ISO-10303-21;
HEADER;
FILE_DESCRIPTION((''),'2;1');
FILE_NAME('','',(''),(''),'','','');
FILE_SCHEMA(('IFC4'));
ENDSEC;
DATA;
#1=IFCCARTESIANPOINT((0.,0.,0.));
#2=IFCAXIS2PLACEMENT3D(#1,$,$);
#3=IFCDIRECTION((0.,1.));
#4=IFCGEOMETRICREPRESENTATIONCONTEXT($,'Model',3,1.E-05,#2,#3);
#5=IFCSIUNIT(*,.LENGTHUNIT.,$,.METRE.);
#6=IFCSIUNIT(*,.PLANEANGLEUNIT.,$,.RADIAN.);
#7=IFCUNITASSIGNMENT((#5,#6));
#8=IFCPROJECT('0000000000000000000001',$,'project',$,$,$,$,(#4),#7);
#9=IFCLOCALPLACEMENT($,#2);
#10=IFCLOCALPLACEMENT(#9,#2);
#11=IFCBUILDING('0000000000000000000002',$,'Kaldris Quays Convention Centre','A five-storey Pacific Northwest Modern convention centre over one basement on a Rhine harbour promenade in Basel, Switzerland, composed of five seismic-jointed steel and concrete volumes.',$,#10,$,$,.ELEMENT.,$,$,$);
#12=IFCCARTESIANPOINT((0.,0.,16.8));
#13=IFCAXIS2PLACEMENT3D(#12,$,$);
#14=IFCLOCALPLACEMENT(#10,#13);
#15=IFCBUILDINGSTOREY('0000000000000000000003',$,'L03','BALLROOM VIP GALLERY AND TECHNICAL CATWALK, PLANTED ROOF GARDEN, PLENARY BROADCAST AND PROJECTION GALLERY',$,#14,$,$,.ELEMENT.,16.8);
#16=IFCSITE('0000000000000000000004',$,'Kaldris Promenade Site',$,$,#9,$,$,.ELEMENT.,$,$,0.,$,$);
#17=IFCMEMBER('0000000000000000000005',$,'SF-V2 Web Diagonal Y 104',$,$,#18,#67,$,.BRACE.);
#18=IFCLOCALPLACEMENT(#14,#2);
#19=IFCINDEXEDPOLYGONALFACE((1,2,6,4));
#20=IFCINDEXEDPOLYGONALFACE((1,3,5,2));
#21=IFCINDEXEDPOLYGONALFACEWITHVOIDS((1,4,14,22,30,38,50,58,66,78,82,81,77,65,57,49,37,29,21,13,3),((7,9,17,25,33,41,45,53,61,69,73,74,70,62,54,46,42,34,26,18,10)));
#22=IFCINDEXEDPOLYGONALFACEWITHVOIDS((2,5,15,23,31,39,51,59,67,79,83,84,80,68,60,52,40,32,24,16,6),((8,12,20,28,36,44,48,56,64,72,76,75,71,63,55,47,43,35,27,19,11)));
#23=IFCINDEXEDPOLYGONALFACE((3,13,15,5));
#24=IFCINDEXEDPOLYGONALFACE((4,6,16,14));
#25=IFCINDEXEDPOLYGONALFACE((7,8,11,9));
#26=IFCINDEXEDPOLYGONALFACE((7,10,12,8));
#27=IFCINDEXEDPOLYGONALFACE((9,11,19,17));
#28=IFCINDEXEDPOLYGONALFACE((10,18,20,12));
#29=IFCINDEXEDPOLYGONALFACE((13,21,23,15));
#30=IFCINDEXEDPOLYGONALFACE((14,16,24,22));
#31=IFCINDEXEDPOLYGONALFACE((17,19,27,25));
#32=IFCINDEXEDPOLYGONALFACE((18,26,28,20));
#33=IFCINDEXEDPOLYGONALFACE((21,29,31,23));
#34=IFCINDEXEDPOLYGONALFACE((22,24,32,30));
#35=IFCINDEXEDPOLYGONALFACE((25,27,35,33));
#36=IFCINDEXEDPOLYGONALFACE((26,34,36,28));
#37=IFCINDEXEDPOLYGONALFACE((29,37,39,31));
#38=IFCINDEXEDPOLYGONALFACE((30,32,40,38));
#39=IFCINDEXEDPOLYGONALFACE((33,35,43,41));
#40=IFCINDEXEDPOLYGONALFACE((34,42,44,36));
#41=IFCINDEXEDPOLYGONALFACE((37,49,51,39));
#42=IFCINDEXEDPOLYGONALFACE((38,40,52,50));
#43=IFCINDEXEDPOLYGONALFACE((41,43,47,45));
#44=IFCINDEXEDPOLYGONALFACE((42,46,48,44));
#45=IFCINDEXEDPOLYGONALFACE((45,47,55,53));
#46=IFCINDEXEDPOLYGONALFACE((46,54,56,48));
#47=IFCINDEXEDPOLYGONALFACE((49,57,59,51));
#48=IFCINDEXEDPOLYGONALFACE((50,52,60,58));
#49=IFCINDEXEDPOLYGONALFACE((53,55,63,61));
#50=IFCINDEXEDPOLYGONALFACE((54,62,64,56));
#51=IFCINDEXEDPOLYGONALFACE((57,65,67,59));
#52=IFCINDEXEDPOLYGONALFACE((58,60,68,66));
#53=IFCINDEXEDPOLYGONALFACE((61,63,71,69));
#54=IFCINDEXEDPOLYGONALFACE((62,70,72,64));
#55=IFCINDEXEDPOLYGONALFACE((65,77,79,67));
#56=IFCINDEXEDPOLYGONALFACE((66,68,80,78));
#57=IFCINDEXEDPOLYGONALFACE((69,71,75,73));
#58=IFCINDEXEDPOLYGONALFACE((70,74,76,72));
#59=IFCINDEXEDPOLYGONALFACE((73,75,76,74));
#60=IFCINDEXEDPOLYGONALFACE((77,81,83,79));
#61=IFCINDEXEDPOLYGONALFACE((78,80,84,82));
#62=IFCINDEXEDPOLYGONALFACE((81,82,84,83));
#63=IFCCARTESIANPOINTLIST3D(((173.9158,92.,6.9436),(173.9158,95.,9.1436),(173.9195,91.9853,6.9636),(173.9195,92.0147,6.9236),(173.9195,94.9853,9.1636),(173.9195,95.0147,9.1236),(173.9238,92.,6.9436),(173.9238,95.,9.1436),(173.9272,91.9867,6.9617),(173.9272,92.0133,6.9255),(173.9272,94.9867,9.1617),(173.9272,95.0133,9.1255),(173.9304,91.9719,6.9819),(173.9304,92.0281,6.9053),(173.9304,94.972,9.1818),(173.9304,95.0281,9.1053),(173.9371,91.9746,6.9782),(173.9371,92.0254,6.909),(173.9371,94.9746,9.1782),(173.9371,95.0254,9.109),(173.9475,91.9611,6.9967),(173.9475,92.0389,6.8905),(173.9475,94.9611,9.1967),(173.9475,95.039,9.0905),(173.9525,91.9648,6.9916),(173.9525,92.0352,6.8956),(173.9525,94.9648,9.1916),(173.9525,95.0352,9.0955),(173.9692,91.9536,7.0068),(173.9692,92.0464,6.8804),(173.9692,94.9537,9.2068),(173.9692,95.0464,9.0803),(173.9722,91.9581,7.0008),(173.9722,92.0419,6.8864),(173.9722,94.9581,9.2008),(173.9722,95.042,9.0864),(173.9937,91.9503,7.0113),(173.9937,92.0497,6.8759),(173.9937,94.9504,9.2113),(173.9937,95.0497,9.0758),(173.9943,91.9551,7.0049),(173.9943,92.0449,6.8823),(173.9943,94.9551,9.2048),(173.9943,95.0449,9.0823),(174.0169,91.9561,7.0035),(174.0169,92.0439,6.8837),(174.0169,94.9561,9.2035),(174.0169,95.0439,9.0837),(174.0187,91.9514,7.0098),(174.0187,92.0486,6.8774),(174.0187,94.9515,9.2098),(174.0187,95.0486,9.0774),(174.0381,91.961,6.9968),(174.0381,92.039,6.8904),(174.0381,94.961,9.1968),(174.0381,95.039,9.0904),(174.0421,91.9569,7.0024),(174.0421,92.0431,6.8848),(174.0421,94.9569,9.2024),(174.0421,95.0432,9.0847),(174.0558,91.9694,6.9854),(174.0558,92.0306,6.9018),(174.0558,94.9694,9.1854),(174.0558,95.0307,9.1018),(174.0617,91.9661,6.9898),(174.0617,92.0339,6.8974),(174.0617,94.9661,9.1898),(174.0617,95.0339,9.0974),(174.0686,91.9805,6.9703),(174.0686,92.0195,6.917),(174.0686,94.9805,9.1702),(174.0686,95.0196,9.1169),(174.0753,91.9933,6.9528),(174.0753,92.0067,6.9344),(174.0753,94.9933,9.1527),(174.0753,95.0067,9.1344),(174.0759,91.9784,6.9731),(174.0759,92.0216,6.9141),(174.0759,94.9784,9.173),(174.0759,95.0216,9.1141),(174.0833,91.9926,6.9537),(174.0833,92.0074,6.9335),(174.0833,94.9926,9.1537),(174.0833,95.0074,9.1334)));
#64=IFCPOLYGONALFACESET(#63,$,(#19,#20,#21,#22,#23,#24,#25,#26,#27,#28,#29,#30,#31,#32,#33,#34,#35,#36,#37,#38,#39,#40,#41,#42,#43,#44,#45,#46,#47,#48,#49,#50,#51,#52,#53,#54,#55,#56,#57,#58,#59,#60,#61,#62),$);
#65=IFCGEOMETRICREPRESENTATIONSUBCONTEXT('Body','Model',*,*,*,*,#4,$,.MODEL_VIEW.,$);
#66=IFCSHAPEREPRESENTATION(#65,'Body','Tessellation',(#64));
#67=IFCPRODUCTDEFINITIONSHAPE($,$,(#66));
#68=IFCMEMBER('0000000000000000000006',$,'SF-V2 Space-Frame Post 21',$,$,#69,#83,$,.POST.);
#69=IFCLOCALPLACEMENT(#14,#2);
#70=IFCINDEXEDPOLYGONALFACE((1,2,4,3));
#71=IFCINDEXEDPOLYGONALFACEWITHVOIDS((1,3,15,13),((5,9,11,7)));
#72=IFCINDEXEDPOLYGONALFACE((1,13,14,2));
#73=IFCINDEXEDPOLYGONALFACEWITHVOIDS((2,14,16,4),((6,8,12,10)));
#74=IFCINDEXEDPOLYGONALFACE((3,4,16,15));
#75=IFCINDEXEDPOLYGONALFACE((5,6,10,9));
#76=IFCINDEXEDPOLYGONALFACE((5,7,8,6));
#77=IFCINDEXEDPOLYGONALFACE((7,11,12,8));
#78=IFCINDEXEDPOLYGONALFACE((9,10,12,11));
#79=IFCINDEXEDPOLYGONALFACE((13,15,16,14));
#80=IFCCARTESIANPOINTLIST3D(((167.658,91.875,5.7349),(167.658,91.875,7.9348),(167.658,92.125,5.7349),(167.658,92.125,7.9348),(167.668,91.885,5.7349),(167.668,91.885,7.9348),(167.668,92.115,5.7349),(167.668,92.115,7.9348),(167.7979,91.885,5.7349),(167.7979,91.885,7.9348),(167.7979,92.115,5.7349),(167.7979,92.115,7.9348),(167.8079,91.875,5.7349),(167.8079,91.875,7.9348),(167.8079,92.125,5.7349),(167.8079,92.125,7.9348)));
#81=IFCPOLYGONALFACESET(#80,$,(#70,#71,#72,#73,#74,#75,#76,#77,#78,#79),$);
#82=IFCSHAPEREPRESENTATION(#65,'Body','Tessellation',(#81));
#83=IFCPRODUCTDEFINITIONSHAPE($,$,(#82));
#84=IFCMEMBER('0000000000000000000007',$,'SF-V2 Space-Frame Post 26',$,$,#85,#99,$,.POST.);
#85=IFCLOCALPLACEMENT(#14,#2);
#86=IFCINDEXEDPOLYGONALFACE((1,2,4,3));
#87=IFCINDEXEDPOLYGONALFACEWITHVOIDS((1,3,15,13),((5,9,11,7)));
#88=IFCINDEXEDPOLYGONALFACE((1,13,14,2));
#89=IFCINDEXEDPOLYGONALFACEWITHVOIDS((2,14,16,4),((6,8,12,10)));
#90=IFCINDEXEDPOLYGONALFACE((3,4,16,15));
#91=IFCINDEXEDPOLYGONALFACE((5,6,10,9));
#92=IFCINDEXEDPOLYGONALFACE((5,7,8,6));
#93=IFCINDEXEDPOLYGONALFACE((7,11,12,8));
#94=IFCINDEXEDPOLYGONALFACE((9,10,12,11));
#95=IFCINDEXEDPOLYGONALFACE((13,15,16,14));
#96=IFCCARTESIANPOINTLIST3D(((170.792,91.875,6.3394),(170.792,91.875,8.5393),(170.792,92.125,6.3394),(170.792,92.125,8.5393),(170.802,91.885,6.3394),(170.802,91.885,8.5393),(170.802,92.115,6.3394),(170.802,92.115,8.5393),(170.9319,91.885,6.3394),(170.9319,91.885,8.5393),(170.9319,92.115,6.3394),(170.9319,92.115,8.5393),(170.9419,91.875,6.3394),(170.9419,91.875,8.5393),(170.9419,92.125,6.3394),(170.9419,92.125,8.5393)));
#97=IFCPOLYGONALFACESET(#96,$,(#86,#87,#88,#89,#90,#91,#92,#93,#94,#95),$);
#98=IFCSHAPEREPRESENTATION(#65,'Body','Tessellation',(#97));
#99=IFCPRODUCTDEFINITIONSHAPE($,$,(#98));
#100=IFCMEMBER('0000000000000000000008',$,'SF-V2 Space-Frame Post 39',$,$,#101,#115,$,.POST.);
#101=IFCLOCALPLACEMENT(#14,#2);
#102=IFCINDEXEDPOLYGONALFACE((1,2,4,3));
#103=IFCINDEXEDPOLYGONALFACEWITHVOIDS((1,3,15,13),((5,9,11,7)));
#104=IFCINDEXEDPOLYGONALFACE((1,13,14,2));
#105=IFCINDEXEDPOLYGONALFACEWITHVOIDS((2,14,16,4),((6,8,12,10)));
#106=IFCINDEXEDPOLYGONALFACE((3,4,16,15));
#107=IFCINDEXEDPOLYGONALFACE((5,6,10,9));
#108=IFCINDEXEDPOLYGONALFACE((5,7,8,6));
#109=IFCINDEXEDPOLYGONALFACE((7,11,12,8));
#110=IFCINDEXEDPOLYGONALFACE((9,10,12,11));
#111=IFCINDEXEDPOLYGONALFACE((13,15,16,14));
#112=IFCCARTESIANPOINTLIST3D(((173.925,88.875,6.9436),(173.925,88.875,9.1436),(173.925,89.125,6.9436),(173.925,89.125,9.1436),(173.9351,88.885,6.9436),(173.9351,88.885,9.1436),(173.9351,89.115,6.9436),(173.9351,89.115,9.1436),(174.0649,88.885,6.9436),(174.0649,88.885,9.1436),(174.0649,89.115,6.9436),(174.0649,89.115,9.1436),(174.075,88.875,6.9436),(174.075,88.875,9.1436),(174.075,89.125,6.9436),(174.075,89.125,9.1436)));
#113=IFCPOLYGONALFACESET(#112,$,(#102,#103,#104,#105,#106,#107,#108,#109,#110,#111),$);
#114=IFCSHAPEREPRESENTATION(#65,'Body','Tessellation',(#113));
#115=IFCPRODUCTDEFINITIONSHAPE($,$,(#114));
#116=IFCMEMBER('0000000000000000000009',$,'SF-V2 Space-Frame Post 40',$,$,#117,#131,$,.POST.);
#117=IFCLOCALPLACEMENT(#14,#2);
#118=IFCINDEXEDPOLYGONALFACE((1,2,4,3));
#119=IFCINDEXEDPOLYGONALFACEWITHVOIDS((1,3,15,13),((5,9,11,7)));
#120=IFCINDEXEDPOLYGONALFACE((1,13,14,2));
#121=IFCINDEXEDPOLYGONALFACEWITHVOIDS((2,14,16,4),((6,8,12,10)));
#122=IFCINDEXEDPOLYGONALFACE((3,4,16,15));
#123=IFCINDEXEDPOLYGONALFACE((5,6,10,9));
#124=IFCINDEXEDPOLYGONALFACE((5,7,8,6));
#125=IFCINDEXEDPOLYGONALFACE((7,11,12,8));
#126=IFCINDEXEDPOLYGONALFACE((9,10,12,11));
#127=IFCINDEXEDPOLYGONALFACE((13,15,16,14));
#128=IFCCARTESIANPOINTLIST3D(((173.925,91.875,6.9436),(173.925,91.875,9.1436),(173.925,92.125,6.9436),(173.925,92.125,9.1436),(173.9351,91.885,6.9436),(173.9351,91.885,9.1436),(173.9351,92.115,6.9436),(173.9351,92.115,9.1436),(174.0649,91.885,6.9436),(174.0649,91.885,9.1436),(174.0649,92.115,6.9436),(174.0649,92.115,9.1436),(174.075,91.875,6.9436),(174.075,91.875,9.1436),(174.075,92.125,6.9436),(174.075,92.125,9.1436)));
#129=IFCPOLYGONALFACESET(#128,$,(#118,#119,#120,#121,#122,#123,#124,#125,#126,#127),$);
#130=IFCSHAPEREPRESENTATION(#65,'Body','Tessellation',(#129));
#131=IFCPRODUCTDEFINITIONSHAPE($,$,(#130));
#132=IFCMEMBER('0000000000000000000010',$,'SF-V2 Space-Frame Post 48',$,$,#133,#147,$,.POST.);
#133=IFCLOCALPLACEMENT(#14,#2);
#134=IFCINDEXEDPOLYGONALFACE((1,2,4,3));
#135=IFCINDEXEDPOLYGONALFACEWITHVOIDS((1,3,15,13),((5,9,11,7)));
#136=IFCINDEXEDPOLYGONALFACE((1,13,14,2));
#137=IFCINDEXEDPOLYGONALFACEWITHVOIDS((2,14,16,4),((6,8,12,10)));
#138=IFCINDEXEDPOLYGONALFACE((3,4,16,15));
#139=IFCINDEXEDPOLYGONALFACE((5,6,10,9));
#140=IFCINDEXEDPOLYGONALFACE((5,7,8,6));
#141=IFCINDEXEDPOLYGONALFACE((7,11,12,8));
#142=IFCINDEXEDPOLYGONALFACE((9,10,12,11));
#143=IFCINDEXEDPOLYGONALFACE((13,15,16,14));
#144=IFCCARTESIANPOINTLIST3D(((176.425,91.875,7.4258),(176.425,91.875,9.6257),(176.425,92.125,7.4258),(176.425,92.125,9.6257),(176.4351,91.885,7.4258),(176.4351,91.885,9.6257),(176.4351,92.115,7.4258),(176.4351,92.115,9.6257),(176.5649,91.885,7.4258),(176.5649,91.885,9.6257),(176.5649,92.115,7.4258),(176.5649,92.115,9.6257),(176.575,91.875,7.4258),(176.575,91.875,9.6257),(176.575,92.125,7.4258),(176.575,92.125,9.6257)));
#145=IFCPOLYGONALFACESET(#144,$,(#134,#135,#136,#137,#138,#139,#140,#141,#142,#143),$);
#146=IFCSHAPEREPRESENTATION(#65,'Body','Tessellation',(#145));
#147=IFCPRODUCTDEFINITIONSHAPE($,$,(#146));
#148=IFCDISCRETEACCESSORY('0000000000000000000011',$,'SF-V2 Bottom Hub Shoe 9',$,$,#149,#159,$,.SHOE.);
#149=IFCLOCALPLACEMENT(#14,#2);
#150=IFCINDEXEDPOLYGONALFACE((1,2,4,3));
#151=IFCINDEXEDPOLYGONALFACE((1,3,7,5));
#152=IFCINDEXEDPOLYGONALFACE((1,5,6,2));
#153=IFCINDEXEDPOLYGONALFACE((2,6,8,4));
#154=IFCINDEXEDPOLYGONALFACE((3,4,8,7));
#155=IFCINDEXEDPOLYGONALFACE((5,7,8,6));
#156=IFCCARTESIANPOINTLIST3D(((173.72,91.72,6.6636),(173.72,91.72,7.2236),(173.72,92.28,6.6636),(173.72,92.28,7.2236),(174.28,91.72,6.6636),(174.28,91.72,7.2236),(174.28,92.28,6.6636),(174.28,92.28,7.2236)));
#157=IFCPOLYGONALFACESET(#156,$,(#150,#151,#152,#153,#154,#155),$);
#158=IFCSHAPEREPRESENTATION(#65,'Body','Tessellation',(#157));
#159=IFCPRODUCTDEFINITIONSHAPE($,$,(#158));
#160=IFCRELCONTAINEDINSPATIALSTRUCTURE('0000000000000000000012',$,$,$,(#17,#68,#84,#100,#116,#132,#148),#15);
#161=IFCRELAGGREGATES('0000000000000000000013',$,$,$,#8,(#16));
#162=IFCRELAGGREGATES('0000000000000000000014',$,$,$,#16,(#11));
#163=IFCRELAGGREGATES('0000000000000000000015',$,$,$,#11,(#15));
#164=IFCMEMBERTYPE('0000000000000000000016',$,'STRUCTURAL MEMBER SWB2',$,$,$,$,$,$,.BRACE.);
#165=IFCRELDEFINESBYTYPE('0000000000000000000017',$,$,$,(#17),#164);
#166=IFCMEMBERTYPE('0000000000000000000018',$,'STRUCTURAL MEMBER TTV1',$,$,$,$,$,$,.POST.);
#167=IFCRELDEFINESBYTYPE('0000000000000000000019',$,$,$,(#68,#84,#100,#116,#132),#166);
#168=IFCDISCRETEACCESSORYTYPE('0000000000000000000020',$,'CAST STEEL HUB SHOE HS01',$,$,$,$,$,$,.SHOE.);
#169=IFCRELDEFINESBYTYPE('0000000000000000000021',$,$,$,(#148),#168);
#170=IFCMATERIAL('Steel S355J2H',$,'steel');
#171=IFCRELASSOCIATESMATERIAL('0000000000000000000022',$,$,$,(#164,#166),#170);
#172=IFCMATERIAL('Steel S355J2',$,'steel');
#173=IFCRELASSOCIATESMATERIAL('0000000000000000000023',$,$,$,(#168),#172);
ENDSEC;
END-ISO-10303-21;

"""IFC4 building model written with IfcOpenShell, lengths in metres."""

from ifc_helpers import new_model, si_unit, direction, frame, origin, origin_2d, place, context, subcontext, project, spatial, rectangle, hollow_rectangle, hollow_circle, extrude, material, material_profile, profile_set, type_object, element, save


model = new_model("IFC4")

# Units and contexts
model_context = context("Model", 3, precision=1e-05, world=origin(), true_north=direction((0.0, 1.0)))
body_context = subcontext(model_context, "Body", "Model", "MODEL_VIEW")
ifc_project = project(units=[si_unit("LENGTHUNIT", "METRE"), si_unit("PLANEANGLEUNIT", "RADIAN")], contexts=[model_context])

# Site, building, storey
site_placement = place(None, origin())
site = spatial("IfcSite", under=ifc_project, at=site_placement, Name="Kaldris Promenade Site", CompositionType="ELEMENT", RefElevation=0.0)
building_placement = place(site_placement, origin())
building = spatial("IfcBuilding", under=site, at=building_placement, Name="Kaldris Quays Convention Centre", Description="A five-storey Pacific Northwest Modern convention centre over one basement on a Rhine harbour promenade in Basel, Switzerland, composed of five seismic-jointed steel and concrete volumes.", CompositionType="ELEMENT")
storey_placement = place(building_placement, frame((0.0, 0.0, 16.8)))
storey = spatial("IfcBuildingStorey", under=building, at=storey_placement, Name="L03", Description="BALLROOM VIP GALLERY AND TECHNICAL CATWALK, PLANTED ROOF GARDEN, PLENARY BROADCAST AND PROJECTION GALLERY", CompositionType="ELEMENT", Elevation=16.8)

# Members
ifc_material_1 = material(Name="Steel S355J2H", Category="steel")
ifc_material_profile_1 = material_profile(ifc_material_1, hollow_circle(Radius=0.0842, WallThickness=0.0081, at=origin_2d()), Name="CHS 168.3x8")
ifc_profile_set_1 = profile_set([ifc_material_profile_1], Name="Steel S355J2H")
member_type_1 = type_object("IfcMemberType", Name="STRUCTURAL MEMBER SWB2", PredefinedType="BRACE", material=ifc_profile_set_1)
for number, where, z_axis, x_axis, name in (
    (1, (174.0, 92.0, 6.9436), (0.0, 0.806411, 0.591355), (-1.0, 0.0, 0.0), "SF-V2 Web Diagonal Y 104"),
):
    element("IfcMember", number, at=place(storey_placement, frame(where, z_axis=z_axis, x_axis=x_axis)), inside=storey, type_object=member_type_1, Name=name, PredefinedType="BRACE", context=body_context, shape_type="SweptSolid", body=[
        extrude(hollow_circle(Radius=0.0842, WallThickness=0.0081, at=origin_2d()), origin(), (0.0, 0.0, 1.0), 3.7202),
    ])
ifc_material_profile_2 = material_profile(ifc_material_1, hollow_rectangle(XDim=0.1499, YDim=0.25, WallThickness=0.01, at=origin_2d()), Name="RHS 250x150x10")
ifc_profile_set_2 = profile_set([ifc_material_profile_2], Name="Steel S355J2H")
member_type_2 = type_object("IfcMemberType", Name="STRUCTURAL MEMBER TTV1", PredefinedType="POST", material=ifc_profile_set_2)
for number, where, z_axis, x_axis, name in (
    (2, (167.7329, 92.0, 5.7349), (0.0, 0.0, 1.0), (1.0, 0.0, 0.0), "SF-V2 Space-Frame Post 21"),
    (3, (170.8669, 92.0, 6.3394), (0.0, 0.0, 1.0), (1.0, 0.0, 0.0), "SF-V2 Space-Frame Post 26"),
    (4, (174.0, 89.0, 6.9436), (0.0, 0.0, 1.0), (1.0, 0.0, 0.0), "SF-V2 Space-Frame Post 39"),
    (5, (174.0, 92.0, 6.9436), (0.0, 0.0, 1.0), (1.0, 0.0, 0.0), "SF-V2 Space-Frame Post 40"),
    (6, (176.5, 92.0, 7.4258), (0.0, 0.0, 1.0), (1.0, 0.0, 0.0), "SF-V2 Space-Frame Post 48"),
):
    element("IfcMember", number, at=place(storey_placement, frame(where, z_axis=z_axis, x_axis=x_axis)), inside=storey, type_object=member_type_2, Name=name, PredefinedType="POST", context=body_context, shape_type="SweptSolid", body=[
        extrude(hollow_rectangle(XDim=0.1499, YDim=0.25, WallThickness=0.01, at=origin_2d()), origin(), (0.0, 0.0, 1.0), 2.2),
    ])

# Discrete accessory
ifc_material_2 = material(Name="Steel S355J2", Category="steel")
discrete_accessory_type = type_object("IfcDiscreteAccessoryType", Name="CAST STEEL HUB SHOE HS01", PredefinedType="SHOE", material=ifc_material_2)
discrete_accessory_placement = place(storey_placement, frame((174.0, 92.0, 6.6636), z_axis=(0.0, 0.0, 1.0), x_axis=(1.0, 0.0, 0.0)))
element("IfcDiscreteAccessory", 7, at=discrete_accessory_placement, inside=storey, type_object=discrete_accessory_type, Name="SF-V2 Bottom Hub Shoe 9", PredefinedType="SHOE", context=body_context, shape_type="SweptSolid", body=[
    extrude(rectangle(XDim=0.5601, YDim=0.5601, at=origin_2d()), origin(), (0.0, 0.0, 1.0), 0.5601),
])

save(model, "model.ifc")
